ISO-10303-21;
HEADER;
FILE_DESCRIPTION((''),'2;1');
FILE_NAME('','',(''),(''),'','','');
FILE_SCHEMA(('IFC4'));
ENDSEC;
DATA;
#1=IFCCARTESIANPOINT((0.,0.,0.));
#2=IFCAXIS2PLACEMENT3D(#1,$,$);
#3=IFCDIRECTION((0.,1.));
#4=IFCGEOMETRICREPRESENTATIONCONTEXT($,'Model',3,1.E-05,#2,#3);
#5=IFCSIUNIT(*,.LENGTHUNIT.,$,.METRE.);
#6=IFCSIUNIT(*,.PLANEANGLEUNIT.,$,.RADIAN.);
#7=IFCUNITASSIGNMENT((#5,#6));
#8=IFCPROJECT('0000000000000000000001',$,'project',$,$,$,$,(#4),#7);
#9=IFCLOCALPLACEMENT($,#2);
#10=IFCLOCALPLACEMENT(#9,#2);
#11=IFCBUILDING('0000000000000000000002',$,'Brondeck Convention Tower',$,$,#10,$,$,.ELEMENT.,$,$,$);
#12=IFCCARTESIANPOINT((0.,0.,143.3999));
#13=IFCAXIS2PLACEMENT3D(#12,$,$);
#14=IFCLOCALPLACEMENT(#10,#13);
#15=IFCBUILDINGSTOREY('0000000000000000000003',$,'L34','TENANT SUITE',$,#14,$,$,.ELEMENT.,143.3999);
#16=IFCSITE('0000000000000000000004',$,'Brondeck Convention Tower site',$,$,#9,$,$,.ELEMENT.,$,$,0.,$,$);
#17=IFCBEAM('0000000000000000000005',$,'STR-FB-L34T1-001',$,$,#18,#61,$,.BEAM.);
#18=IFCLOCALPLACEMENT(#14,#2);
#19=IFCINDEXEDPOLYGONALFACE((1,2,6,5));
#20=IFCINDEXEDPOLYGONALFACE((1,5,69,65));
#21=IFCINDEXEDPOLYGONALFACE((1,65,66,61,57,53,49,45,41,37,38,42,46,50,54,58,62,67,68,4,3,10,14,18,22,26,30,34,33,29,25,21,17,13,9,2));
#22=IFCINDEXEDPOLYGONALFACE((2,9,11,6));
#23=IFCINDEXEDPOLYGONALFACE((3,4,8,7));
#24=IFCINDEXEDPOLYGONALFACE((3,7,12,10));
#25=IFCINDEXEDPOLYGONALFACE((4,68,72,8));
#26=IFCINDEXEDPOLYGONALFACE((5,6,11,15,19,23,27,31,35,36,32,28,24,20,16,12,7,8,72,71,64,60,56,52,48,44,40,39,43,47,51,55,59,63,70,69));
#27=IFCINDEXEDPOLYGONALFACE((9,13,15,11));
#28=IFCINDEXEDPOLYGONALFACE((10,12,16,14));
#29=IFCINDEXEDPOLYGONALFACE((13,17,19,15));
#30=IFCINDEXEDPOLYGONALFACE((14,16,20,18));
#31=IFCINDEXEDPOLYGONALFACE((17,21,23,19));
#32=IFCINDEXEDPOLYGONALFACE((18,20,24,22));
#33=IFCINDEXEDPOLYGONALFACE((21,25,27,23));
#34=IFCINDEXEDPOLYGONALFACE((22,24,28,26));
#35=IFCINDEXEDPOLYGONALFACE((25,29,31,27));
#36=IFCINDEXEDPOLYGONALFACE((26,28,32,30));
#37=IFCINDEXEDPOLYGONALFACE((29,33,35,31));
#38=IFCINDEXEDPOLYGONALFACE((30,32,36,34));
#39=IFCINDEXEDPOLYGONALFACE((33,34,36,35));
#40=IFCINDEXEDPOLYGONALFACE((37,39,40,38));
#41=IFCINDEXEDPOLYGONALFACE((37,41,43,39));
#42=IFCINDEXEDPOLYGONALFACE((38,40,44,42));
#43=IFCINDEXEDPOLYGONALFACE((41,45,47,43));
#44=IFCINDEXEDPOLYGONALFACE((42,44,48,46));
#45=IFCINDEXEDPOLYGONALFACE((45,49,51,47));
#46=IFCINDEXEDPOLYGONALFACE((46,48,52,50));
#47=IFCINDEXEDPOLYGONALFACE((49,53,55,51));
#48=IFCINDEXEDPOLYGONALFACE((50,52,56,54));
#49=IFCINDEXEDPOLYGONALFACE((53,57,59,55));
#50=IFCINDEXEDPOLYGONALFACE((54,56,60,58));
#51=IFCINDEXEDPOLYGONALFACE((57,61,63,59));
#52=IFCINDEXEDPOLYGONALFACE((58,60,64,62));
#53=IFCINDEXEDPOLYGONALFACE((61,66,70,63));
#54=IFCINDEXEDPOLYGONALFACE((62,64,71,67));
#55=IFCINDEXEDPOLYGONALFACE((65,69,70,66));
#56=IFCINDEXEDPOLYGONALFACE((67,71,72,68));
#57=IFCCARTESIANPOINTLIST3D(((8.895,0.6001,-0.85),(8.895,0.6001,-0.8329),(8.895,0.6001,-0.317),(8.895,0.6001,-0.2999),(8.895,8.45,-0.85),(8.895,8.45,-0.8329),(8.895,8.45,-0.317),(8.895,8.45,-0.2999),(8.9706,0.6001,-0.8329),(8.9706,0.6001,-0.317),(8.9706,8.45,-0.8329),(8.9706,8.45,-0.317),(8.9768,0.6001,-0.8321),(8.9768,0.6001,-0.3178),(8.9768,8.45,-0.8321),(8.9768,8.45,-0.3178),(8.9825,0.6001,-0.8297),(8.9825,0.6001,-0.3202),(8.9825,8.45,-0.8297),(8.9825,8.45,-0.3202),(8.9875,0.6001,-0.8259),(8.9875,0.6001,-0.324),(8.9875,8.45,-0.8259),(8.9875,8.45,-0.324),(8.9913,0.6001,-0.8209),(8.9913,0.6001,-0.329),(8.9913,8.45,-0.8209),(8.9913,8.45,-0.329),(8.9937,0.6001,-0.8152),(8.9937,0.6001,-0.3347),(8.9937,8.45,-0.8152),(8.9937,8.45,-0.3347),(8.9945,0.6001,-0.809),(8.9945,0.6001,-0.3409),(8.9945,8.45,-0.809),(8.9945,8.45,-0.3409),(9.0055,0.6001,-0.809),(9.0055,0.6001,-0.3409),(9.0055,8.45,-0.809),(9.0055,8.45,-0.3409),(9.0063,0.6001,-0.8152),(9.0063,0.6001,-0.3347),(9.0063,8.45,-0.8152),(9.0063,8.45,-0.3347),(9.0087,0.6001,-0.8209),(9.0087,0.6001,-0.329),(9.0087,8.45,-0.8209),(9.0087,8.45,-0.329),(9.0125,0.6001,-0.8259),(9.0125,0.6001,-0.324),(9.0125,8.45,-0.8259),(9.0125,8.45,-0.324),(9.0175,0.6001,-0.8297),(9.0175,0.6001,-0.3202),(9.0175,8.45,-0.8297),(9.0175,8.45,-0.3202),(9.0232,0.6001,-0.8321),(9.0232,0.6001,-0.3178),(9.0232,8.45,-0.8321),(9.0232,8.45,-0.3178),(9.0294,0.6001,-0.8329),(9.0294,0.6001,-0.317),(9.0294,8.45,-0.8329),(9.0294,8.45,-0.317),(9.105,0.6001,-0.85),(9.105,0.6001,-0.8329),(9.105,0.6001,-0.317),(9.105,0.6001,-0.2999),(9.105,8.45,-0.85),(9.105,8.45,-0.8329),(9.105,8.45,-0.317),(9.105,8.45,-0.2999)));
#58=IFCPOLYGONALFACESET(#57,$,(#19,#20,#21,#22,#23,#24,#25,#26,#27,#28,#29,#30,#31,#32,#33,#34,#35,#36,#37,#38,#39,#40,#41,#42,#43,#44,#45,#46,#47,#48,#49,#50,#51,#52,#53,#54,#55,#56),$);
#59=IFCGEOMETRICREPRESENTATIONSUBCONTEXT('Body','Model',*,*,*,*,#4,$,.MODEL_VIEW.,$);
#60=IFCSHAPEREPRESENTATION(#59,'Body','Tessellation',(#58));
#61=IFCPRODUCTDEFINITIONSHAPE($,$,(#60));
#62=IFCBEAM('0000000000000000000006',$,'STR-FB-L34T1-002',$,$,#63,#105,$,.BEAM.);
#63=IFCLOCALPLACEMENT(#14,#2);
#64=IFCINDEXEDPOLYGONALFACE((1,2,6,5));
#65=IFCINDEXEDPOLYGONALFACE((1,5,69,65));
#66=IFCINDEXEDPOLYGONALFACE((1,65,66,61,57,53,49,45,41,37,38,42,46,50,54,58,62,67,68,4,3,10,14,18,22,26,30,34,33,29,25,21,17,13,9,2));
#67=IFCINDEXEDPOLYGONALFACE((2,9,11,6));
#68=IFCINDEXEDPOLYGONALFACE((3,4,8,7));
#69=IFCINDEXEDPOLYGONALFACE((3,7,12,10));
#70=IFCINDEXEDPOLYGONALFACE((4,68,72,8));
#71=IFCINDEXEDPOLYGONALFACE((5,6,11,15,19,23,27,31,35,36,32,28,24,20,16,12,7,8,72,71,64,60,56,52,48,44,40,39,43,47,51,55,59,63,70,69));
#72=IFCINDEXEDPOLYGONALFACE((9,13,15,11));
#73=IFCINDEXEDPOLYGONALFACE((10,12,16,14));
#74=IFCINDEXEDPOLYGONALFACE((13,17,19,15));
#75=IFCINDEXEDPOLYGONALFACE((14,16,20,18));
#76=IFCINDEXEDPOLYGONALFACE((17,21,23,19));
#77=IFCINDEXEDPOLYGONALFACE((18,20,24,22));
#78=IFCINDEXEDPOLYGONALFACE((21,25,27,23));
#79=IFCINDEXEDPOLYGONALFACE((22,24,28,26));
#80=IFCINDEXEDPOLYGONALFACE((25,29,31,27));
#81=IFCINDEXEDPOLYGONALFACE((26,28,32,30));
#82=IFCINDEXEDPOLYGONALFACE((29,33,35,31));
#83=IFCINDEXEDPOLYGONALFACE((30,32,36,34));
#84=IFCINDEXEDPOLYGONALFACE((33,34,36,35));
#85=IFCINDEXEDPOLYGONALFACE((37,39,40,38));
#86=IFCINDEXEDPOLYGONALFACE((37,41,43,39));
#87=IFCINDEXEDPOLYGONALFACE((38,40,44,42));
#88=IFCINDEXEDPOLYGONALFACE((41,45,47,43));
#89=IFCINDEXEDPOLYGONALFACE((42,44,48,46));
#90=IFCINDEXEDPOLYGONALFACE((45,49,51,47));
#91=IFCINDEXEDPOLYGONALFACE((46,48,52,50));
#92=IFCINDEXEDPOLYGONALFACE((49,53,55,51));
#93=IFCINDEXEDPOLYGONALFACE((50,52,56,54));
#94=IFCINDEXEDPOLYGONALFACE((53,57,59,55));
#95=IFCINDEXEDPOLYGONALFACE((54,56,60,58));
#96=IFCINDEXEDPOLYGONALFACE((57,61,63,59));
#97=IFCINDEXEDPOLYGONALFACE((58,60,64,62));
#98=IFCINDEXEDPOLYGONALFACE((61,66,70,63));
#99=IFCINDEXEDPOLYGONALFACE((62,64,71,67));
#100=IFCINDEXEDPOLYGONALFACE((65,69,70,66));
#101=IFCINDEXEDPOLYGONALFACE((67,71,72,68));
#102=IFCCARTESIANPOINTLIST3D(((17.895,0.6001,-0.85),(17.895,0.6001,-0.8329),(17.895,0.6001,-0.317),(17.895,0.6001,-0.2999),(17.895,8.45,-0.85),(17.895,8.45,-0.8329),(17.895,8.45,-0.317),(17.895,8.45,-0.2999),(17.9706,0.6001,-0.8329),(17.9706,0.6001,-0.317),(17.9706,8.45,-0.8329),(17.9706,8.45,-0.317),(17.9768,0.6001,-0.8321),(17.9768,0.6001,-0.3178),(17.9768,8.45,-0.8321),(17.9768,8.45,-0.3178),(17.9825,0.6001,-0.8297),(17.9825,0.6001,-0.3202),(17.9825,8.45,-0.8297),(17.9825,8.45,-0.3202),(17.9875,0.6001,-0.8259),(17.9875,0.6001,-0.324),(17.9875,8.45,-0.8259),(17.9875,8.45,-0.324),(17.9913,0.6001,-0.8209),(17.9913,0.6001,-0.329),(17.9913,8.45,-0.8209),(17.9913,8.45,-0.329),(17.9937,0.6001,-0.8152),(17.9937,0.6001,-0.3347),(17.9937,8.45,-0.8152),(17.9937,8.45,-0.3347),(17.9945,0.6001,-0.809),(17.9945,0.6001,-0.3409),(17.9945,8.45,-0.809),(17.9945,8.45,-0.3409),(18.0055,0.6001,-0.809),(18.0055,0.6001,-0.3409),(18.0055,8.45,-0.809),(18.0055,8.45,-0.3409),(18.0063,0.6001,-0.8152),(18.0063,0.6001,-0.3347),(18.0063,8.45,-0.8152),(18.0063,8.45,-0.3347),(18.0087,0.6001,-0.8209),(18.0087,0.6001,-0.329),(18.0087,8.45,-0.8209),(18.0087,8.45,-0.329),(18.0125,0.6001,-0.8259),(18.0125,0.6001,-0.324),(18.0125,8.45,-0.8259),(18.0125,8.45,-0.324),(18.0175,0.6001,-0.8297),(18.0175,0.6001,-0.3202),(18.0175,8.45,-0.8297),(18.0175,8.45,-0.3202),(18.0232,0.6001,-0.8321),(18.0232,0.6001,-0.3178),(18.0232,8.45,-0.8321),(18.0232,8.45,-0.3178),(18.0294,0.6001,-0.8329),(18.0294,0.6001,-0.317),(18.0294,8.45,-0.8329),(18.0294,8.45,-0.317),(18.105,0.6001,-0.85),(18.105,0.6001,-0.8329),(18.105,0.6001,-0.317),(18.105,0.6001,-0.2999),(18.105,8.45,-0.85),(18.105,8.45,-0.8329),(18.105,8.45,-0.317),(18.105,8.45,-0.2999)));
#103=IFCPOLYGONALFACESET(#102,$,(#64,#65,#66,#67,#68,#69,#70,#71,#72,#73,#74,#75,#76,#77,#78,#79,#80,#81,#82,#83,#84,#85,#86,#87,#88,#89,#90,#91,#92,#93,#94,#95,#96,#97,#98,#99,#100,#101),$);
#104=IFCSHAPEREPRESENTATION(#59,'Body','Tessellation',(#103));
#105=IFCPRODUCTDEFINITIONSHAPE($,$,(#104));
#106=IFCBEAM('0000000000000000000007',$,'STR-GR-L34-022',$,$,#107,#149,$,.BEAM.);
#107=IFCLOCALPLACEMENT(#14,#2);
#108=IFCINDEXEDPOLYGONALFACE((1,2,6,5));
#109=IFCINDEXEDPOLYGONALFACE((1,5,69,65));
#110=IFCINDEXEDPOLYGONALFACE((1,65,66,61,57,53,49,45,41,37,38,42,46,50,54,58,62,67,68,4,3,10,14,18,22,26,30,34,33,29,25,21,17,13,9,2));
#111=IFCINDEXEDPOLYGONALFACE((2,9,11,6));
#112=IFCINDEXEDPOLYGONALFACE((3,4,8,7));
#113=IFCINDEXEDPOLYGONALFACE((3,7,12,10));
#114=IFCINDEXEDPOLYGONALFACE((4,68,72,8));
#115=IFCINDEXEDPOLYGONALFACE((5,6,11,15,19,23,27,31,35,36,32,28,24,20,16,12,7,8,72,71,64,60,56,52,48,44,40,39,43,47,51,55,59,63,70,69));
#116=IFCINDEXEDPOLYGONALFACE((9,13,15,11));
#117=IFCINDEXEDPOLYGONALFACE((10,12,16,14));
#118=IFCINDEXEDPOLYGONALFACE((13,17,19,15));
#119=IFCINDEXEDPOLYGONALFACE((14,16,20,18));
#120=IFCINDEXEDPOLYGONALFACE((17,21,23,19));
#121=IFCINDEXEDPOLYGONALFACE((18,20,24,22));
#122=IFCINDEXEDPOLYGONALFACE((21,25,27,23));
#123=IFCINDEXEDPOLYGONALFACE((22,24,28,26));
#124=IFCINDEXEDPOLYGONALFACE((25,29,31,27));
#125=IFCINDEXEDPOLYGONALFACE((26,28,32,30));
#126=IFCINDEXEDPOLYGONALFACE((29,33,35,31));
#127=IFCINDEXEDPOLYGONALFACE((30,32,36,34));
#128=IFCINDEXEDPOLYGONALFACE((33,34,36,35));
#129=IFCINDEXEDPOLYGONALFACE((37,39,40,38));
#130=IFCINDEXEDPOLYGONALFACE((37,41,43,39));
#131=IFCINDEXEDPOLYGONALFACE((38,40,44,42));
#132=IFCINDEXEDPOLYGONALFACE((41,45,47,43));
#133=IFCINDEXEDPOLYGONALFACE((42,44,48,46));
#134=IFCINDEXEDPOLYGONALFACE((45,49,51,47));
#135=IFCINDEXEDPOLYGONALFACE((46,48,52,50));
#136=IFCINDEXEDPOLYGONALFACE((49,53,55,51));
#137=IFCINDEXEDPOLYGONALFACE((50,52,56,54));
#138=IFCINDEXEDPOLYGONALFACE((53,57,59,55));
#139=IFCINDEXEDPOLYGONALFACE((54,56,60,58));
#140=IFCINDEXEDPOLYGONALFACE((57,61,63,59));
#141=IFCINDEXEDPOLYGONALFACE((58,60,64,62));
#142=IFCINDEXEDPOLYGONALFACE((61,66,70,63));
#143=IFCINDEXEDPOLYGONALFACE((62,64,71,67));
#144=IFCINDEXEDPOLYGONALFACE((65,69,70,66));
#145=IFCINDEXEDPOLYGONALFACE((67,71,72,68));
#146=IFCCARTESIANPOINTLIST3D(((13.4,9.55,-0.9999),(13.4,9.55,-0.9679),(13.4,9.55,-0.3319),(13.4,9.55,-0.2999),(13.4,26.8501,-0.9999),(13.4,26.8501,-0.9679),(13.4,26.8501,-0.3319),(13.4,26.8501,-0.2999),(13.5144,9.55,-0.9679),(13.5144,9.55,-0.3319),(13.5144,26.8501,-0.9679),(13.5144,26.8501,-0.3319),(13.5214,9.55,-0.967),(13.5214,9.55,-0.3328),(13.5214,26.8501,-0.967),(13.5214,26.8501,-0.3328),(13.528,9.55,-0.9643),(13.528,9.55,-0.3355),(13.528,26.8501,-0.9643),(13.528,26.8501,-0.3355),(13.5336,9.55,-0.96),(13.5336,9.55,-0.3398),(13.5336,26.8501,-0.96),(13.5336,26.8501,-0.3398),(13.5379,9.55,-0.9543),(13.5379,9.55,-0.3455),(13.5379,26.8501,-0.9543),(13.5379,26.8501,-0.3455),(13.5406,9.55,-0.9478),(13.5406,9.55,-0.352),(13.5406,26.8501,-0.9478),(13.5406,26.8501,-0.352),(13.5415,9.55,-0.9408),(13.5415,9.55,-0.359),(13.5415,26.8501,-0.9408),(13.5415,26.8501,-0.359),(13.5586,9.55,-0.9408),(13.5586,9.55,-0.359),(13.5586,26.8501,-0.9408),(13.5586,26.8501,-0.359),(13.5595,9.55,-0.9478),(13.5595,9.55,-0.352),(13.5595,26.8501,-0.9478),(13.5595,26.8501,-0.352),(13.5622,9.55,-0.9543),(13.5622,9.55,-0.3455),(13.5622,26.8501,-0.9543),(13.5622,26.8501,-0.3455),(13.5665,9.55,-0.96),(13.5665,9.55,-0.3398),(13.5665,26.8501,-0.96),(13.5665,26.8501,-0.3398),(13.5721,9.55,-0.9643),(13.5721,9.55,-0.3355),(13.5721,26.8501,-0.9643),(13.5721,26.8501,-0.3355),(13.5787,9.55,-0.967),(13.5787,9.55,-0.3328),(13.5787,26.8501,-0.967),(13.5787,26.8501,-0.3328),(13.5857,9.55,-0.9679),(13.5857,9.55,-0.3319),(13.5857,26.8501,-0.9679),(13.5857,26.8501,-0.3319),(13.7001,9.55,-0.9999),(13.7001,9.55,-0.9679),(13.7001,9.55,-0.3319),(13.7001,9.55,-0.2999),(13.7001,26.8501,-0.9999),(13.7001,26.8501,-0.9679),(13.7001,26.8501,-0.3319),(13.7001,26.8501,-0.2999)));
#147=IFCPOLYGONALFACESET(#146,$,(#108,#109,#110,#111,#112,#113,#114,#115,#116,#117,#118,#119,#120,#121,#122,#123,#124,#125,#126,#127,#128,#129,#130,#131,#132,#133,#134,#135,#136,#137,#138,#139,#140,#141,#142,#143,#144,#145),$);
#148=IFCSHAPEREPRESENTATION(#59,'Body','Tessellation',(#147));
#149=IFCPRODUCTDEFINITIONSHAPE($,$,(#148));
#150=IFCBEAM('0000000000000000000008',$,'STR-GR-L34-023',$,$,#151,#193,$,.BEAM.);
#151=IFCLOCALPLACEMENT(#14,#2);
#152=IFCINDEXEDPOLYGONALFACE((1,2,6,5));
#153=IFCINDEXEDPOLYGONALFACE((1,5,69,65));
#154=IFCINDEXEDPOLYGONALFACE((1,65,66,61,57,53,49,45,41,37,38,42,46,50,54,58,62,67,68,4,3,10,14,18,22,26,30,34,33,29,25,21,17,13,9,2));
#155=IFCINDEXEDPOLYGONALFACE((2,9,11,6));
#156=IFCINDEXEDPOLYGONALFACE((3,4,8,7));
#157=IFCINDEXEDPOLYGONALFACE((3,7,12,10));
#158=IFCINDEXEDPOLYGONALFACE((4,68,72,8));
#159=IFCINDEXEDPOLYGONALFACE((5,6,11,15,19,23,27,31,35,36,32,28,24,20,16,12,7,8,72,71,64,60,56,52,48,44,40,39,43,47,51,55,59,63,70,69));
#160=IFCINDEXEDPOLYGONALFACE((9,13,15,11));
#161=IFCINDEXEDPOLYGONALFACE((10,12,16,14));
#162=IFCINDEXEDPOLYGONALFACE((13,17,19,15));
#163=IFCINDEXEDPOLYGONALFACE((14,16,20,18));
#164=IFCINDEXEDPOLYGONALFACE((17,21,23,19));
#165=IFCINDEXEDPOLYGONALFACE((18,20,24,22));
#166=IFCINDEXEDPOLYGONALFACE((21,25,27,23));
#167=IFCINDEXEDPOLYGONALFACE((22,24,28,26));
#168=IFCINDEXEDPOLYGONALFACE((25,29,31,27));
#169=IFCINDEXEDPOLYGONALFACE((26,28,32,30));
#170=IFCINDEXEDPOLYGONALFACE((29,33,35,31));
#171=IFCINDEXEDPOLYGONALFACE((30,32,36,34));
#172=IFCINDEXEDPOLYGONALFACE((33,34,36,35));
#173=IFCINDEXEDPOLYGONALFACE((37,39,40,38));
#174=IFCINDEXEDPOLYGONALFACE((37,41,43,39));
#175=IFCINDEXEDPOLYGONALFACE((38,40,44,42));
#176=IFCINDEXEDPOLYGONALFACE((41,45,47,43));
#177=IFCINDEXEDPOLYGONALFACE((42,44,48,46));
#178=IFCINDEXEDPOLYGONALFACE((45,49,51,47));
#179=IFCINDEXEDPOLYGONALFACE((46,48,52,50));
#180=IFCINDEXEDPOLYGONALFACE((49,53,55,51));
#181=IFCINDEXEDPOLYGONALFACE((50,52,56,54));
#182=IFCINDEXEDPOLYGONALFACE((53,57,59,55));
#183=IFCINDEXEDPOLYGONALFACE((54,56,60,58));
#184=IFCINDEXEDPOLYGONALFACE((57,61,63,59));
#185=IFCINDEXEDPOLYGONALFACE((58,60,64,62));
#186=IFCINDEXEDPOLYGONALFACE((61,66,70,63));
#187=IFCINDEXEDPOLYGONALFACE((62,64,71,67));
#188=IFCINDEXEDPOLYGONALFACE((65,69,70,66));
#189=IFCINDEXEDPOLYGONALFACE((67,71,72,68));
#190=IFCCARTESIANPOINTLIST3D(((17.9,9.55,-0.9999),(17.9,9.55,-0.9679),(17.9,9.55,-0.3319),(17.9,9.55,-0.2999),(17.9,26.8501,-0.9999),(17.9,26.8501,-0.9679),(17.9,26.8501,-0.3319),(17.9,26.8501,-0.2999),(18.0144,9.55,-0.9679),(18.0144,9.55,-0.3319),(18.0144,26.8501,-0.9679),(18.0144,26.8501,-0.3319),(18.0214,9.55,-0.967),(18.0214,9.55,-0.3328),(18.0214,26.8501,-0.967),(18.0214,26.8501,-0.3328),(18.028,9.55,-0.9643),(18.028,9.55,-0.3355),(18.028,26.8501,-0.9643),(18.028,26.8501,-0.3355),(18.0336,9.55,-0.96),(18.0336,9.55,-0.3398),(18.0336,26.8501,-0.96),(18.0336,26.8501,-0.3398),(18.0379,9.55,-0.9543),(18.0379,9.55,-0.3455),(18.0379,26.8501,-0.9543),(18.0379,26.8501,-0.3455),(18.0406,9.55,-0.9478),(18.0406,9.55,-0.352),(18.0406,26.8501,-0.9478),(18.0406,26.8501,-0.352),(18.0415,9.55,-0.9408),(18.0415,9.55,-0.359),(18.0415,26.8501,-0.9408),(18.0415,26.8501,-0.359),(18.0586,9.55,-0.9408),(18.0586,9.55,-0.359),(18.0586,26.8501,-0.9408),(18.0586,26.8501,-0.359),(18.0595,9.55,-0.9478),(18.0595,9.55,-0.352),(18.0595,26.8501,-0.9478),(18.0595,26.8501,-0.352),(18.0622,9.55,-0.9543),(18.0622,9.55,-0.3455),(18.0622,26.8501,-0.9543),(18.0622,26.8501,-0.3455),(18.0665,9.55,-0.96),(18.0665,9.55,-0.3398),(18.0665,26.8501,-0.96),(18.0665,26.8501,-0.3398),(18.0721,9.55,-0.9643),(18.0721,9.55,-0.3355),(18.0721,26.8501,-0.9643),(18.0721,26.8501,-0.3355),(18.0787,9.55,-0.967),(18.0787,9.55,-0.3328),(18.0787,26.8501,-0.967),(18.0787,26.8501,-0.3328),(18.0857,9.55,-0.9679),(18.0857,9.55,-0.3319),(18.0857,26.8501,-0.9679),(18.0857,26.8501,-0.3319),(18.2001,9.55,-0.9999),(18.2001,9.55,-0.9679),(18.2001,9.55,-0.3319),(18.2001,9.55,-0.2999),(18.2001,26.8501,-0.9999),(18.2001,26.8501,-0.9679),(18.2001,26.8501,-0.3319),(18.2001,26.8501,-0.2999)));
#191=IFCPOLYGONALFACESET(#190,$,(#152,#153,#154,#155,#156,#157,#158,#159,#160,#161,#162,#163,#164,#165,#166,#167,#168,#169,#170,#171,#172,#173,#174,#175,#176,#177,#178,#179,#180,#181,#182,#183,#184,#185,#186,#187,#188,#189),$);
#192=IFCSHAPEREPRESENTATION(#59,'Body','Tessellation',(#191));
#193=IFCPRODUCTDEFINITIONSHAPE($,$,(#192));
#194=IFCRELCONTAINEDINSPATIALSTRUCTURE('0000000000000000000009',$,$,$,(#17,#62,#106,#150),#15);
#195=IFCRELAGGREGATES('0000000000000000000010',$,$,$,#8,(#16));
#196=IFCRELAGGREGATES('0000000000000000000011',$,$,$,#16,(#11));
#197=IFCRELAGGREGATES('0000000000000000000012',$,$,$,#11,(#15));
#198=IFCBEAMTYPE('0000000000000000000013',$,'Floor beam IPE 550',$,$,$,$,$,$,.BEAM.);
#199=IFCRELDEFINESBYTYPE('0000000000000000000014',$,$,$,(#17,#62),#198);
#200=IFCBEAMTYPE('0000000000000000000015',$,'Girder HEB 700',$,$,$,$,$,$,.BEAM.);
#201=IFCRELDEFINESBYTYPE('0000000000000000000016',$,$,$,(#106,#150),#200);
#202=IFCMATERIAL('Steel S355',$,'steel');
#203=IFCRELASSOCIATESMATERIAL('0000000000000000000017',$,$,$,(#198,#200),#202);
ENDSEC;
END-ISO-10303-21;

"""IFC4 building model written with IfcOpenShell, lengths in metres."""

from ifc_helpers import new_model, si_unit, direction, frame, origin, origin_2d, place, context, subcontext, project, spatial, i_section, extrude, material, material_profile, profile_set, type_object, element, save


model = new_model("IFC4")

# Units and contexts
model_context = context("Model", 3, precision=1e-05, world=origin(), true_north=direction((0.0, 1.0)))
body_context = subcontext(model_context, "Body", "Model", "MODEL_VIEW")
ifc_project = project(units=[si_unit("LENGTHUNIT", "METRE"), si_unit("PLANEANGLEUNIT", "RADIAN")], contexts=[model_context])

# Site, building, storey
site_placement = place(None, origin())
site = spatial("IfcSite", under=ifc_project, at=site_placement, Name="Brondeck Convention Tower site", CompositionType="ELEMENT", RefElevation=0.0)
building_placement = place(site_placement, origin())
building = spatial("IfcBuilding", under=site, at=building_placement, Name="Brondeck Convention Tower", CompositionType="ELEMENT")
storey_placement = place(building_placement, frame((0.0, 0.0, 143.3999)))
storey = spatial("IfcBuildingStorey", under=building, at=storey_placement, Name="L34", Description="TENANT SUITE", CompositionType="ELEMENT", Elevation=143.3999)

# Beams
ifc_material_1 = material(Name="Steel S355", Category="steel")
ifc_material_profile_1 = material_profile(ifc_material_1, i_section(OverallWidth=0.21, OverallDepth=0.55, WebThickness=0.011, FlangeThickness=0.0171, FilletRadius=0.0239, at=origin_2d()), Name="IPE 550")
ifc_profile_set_1 = profile_set([ifc_material_profile_1], Name="Steel S355")
beam_type_1 = type_object("IfcBeamType", Name="Floor beam IPE 550", PredefinedType="BEAM", material=ifc_profile_set_1)
for number, where, z_axis, x_axis, name in (
    (1, (9.0, 0.6001, -0.575), (0.0, 1.0, 0.0), (-1.0, 0.0, 0.0), "STR-FB-L34T1-001"),
    (2, (18.0, 0.6001, -0.575), (0.0, 1.0, 0.0), (-1.0, 0.0, 0.0), "STR-FB-L34T1-002"),
):
    element("IfcBeam", number, at=place(storey_placement, frame(where, z_axis=z_axis, x_axis=x_axis)), inside=storey, type_object=beam_type_1, Name=name, PredefinedType="BEAM", context=body_context, shape_type="SweptSolid", body=[
        extrude(i_section(OverallWidth=0.21, OverallDepth=0.55, WebThickness=0.011, FlangeThickness=0.0171, FilletRadius=0.0239, at=origin_2d()), origin(), (0.0, 0.0, 1.0), 7.8499),
    ])
ifc_material_profile_2 = material_profile(ifc_material_1, i_section(OverallWidth=0.3, OverallDepth=0.7, WebThickness=0.0171, FlangeThickness=0.032, FilletRadius=0.0271, at=origin_2d()), Name="HEB 700")
ifc_profile_set_2 = profile_set([ifc_material_profile_2], Name="Steel S355")
beam_type_2 = type_object("IfcBeamType", Name="Girder HEB 700", PredefinedType="BEAM", material=ifc_profile_set_2)
for number, where, z_axis, x_axis, name in (
    (3, (13.55, 9.55, -0.6499), (0.0, 1.0, 0.0), (-1.0, 0.0, 0.0), "STR-GR-L34-022"),
    (4, (18.05, 9.55, -0.6499), (0.0, 1.0, 0.0), (-1.0, 0.0, 0.0), "STR-GR-L34-023"),
):
    element("IfcBeam", number, at=place(storey_placement, frame(where, z_axis=z_axis, x_axis=x_axis)), inside=storey, type_object=beam_type_2, Name=name, PredefinedType="BEAM", context=body_context, shape_type="SweptSolid", body=[
        extrude(i_section(OverallWidth=0.3, OverallDepth=0.7, WebThickness=0.0171, FlangeThickness=0.032, FilletRadius=0.0271, at=origin_2d()), origin(), (0.0, 0.0, 1.0), 17.3),
    ])

save(model, "model.ifc")
